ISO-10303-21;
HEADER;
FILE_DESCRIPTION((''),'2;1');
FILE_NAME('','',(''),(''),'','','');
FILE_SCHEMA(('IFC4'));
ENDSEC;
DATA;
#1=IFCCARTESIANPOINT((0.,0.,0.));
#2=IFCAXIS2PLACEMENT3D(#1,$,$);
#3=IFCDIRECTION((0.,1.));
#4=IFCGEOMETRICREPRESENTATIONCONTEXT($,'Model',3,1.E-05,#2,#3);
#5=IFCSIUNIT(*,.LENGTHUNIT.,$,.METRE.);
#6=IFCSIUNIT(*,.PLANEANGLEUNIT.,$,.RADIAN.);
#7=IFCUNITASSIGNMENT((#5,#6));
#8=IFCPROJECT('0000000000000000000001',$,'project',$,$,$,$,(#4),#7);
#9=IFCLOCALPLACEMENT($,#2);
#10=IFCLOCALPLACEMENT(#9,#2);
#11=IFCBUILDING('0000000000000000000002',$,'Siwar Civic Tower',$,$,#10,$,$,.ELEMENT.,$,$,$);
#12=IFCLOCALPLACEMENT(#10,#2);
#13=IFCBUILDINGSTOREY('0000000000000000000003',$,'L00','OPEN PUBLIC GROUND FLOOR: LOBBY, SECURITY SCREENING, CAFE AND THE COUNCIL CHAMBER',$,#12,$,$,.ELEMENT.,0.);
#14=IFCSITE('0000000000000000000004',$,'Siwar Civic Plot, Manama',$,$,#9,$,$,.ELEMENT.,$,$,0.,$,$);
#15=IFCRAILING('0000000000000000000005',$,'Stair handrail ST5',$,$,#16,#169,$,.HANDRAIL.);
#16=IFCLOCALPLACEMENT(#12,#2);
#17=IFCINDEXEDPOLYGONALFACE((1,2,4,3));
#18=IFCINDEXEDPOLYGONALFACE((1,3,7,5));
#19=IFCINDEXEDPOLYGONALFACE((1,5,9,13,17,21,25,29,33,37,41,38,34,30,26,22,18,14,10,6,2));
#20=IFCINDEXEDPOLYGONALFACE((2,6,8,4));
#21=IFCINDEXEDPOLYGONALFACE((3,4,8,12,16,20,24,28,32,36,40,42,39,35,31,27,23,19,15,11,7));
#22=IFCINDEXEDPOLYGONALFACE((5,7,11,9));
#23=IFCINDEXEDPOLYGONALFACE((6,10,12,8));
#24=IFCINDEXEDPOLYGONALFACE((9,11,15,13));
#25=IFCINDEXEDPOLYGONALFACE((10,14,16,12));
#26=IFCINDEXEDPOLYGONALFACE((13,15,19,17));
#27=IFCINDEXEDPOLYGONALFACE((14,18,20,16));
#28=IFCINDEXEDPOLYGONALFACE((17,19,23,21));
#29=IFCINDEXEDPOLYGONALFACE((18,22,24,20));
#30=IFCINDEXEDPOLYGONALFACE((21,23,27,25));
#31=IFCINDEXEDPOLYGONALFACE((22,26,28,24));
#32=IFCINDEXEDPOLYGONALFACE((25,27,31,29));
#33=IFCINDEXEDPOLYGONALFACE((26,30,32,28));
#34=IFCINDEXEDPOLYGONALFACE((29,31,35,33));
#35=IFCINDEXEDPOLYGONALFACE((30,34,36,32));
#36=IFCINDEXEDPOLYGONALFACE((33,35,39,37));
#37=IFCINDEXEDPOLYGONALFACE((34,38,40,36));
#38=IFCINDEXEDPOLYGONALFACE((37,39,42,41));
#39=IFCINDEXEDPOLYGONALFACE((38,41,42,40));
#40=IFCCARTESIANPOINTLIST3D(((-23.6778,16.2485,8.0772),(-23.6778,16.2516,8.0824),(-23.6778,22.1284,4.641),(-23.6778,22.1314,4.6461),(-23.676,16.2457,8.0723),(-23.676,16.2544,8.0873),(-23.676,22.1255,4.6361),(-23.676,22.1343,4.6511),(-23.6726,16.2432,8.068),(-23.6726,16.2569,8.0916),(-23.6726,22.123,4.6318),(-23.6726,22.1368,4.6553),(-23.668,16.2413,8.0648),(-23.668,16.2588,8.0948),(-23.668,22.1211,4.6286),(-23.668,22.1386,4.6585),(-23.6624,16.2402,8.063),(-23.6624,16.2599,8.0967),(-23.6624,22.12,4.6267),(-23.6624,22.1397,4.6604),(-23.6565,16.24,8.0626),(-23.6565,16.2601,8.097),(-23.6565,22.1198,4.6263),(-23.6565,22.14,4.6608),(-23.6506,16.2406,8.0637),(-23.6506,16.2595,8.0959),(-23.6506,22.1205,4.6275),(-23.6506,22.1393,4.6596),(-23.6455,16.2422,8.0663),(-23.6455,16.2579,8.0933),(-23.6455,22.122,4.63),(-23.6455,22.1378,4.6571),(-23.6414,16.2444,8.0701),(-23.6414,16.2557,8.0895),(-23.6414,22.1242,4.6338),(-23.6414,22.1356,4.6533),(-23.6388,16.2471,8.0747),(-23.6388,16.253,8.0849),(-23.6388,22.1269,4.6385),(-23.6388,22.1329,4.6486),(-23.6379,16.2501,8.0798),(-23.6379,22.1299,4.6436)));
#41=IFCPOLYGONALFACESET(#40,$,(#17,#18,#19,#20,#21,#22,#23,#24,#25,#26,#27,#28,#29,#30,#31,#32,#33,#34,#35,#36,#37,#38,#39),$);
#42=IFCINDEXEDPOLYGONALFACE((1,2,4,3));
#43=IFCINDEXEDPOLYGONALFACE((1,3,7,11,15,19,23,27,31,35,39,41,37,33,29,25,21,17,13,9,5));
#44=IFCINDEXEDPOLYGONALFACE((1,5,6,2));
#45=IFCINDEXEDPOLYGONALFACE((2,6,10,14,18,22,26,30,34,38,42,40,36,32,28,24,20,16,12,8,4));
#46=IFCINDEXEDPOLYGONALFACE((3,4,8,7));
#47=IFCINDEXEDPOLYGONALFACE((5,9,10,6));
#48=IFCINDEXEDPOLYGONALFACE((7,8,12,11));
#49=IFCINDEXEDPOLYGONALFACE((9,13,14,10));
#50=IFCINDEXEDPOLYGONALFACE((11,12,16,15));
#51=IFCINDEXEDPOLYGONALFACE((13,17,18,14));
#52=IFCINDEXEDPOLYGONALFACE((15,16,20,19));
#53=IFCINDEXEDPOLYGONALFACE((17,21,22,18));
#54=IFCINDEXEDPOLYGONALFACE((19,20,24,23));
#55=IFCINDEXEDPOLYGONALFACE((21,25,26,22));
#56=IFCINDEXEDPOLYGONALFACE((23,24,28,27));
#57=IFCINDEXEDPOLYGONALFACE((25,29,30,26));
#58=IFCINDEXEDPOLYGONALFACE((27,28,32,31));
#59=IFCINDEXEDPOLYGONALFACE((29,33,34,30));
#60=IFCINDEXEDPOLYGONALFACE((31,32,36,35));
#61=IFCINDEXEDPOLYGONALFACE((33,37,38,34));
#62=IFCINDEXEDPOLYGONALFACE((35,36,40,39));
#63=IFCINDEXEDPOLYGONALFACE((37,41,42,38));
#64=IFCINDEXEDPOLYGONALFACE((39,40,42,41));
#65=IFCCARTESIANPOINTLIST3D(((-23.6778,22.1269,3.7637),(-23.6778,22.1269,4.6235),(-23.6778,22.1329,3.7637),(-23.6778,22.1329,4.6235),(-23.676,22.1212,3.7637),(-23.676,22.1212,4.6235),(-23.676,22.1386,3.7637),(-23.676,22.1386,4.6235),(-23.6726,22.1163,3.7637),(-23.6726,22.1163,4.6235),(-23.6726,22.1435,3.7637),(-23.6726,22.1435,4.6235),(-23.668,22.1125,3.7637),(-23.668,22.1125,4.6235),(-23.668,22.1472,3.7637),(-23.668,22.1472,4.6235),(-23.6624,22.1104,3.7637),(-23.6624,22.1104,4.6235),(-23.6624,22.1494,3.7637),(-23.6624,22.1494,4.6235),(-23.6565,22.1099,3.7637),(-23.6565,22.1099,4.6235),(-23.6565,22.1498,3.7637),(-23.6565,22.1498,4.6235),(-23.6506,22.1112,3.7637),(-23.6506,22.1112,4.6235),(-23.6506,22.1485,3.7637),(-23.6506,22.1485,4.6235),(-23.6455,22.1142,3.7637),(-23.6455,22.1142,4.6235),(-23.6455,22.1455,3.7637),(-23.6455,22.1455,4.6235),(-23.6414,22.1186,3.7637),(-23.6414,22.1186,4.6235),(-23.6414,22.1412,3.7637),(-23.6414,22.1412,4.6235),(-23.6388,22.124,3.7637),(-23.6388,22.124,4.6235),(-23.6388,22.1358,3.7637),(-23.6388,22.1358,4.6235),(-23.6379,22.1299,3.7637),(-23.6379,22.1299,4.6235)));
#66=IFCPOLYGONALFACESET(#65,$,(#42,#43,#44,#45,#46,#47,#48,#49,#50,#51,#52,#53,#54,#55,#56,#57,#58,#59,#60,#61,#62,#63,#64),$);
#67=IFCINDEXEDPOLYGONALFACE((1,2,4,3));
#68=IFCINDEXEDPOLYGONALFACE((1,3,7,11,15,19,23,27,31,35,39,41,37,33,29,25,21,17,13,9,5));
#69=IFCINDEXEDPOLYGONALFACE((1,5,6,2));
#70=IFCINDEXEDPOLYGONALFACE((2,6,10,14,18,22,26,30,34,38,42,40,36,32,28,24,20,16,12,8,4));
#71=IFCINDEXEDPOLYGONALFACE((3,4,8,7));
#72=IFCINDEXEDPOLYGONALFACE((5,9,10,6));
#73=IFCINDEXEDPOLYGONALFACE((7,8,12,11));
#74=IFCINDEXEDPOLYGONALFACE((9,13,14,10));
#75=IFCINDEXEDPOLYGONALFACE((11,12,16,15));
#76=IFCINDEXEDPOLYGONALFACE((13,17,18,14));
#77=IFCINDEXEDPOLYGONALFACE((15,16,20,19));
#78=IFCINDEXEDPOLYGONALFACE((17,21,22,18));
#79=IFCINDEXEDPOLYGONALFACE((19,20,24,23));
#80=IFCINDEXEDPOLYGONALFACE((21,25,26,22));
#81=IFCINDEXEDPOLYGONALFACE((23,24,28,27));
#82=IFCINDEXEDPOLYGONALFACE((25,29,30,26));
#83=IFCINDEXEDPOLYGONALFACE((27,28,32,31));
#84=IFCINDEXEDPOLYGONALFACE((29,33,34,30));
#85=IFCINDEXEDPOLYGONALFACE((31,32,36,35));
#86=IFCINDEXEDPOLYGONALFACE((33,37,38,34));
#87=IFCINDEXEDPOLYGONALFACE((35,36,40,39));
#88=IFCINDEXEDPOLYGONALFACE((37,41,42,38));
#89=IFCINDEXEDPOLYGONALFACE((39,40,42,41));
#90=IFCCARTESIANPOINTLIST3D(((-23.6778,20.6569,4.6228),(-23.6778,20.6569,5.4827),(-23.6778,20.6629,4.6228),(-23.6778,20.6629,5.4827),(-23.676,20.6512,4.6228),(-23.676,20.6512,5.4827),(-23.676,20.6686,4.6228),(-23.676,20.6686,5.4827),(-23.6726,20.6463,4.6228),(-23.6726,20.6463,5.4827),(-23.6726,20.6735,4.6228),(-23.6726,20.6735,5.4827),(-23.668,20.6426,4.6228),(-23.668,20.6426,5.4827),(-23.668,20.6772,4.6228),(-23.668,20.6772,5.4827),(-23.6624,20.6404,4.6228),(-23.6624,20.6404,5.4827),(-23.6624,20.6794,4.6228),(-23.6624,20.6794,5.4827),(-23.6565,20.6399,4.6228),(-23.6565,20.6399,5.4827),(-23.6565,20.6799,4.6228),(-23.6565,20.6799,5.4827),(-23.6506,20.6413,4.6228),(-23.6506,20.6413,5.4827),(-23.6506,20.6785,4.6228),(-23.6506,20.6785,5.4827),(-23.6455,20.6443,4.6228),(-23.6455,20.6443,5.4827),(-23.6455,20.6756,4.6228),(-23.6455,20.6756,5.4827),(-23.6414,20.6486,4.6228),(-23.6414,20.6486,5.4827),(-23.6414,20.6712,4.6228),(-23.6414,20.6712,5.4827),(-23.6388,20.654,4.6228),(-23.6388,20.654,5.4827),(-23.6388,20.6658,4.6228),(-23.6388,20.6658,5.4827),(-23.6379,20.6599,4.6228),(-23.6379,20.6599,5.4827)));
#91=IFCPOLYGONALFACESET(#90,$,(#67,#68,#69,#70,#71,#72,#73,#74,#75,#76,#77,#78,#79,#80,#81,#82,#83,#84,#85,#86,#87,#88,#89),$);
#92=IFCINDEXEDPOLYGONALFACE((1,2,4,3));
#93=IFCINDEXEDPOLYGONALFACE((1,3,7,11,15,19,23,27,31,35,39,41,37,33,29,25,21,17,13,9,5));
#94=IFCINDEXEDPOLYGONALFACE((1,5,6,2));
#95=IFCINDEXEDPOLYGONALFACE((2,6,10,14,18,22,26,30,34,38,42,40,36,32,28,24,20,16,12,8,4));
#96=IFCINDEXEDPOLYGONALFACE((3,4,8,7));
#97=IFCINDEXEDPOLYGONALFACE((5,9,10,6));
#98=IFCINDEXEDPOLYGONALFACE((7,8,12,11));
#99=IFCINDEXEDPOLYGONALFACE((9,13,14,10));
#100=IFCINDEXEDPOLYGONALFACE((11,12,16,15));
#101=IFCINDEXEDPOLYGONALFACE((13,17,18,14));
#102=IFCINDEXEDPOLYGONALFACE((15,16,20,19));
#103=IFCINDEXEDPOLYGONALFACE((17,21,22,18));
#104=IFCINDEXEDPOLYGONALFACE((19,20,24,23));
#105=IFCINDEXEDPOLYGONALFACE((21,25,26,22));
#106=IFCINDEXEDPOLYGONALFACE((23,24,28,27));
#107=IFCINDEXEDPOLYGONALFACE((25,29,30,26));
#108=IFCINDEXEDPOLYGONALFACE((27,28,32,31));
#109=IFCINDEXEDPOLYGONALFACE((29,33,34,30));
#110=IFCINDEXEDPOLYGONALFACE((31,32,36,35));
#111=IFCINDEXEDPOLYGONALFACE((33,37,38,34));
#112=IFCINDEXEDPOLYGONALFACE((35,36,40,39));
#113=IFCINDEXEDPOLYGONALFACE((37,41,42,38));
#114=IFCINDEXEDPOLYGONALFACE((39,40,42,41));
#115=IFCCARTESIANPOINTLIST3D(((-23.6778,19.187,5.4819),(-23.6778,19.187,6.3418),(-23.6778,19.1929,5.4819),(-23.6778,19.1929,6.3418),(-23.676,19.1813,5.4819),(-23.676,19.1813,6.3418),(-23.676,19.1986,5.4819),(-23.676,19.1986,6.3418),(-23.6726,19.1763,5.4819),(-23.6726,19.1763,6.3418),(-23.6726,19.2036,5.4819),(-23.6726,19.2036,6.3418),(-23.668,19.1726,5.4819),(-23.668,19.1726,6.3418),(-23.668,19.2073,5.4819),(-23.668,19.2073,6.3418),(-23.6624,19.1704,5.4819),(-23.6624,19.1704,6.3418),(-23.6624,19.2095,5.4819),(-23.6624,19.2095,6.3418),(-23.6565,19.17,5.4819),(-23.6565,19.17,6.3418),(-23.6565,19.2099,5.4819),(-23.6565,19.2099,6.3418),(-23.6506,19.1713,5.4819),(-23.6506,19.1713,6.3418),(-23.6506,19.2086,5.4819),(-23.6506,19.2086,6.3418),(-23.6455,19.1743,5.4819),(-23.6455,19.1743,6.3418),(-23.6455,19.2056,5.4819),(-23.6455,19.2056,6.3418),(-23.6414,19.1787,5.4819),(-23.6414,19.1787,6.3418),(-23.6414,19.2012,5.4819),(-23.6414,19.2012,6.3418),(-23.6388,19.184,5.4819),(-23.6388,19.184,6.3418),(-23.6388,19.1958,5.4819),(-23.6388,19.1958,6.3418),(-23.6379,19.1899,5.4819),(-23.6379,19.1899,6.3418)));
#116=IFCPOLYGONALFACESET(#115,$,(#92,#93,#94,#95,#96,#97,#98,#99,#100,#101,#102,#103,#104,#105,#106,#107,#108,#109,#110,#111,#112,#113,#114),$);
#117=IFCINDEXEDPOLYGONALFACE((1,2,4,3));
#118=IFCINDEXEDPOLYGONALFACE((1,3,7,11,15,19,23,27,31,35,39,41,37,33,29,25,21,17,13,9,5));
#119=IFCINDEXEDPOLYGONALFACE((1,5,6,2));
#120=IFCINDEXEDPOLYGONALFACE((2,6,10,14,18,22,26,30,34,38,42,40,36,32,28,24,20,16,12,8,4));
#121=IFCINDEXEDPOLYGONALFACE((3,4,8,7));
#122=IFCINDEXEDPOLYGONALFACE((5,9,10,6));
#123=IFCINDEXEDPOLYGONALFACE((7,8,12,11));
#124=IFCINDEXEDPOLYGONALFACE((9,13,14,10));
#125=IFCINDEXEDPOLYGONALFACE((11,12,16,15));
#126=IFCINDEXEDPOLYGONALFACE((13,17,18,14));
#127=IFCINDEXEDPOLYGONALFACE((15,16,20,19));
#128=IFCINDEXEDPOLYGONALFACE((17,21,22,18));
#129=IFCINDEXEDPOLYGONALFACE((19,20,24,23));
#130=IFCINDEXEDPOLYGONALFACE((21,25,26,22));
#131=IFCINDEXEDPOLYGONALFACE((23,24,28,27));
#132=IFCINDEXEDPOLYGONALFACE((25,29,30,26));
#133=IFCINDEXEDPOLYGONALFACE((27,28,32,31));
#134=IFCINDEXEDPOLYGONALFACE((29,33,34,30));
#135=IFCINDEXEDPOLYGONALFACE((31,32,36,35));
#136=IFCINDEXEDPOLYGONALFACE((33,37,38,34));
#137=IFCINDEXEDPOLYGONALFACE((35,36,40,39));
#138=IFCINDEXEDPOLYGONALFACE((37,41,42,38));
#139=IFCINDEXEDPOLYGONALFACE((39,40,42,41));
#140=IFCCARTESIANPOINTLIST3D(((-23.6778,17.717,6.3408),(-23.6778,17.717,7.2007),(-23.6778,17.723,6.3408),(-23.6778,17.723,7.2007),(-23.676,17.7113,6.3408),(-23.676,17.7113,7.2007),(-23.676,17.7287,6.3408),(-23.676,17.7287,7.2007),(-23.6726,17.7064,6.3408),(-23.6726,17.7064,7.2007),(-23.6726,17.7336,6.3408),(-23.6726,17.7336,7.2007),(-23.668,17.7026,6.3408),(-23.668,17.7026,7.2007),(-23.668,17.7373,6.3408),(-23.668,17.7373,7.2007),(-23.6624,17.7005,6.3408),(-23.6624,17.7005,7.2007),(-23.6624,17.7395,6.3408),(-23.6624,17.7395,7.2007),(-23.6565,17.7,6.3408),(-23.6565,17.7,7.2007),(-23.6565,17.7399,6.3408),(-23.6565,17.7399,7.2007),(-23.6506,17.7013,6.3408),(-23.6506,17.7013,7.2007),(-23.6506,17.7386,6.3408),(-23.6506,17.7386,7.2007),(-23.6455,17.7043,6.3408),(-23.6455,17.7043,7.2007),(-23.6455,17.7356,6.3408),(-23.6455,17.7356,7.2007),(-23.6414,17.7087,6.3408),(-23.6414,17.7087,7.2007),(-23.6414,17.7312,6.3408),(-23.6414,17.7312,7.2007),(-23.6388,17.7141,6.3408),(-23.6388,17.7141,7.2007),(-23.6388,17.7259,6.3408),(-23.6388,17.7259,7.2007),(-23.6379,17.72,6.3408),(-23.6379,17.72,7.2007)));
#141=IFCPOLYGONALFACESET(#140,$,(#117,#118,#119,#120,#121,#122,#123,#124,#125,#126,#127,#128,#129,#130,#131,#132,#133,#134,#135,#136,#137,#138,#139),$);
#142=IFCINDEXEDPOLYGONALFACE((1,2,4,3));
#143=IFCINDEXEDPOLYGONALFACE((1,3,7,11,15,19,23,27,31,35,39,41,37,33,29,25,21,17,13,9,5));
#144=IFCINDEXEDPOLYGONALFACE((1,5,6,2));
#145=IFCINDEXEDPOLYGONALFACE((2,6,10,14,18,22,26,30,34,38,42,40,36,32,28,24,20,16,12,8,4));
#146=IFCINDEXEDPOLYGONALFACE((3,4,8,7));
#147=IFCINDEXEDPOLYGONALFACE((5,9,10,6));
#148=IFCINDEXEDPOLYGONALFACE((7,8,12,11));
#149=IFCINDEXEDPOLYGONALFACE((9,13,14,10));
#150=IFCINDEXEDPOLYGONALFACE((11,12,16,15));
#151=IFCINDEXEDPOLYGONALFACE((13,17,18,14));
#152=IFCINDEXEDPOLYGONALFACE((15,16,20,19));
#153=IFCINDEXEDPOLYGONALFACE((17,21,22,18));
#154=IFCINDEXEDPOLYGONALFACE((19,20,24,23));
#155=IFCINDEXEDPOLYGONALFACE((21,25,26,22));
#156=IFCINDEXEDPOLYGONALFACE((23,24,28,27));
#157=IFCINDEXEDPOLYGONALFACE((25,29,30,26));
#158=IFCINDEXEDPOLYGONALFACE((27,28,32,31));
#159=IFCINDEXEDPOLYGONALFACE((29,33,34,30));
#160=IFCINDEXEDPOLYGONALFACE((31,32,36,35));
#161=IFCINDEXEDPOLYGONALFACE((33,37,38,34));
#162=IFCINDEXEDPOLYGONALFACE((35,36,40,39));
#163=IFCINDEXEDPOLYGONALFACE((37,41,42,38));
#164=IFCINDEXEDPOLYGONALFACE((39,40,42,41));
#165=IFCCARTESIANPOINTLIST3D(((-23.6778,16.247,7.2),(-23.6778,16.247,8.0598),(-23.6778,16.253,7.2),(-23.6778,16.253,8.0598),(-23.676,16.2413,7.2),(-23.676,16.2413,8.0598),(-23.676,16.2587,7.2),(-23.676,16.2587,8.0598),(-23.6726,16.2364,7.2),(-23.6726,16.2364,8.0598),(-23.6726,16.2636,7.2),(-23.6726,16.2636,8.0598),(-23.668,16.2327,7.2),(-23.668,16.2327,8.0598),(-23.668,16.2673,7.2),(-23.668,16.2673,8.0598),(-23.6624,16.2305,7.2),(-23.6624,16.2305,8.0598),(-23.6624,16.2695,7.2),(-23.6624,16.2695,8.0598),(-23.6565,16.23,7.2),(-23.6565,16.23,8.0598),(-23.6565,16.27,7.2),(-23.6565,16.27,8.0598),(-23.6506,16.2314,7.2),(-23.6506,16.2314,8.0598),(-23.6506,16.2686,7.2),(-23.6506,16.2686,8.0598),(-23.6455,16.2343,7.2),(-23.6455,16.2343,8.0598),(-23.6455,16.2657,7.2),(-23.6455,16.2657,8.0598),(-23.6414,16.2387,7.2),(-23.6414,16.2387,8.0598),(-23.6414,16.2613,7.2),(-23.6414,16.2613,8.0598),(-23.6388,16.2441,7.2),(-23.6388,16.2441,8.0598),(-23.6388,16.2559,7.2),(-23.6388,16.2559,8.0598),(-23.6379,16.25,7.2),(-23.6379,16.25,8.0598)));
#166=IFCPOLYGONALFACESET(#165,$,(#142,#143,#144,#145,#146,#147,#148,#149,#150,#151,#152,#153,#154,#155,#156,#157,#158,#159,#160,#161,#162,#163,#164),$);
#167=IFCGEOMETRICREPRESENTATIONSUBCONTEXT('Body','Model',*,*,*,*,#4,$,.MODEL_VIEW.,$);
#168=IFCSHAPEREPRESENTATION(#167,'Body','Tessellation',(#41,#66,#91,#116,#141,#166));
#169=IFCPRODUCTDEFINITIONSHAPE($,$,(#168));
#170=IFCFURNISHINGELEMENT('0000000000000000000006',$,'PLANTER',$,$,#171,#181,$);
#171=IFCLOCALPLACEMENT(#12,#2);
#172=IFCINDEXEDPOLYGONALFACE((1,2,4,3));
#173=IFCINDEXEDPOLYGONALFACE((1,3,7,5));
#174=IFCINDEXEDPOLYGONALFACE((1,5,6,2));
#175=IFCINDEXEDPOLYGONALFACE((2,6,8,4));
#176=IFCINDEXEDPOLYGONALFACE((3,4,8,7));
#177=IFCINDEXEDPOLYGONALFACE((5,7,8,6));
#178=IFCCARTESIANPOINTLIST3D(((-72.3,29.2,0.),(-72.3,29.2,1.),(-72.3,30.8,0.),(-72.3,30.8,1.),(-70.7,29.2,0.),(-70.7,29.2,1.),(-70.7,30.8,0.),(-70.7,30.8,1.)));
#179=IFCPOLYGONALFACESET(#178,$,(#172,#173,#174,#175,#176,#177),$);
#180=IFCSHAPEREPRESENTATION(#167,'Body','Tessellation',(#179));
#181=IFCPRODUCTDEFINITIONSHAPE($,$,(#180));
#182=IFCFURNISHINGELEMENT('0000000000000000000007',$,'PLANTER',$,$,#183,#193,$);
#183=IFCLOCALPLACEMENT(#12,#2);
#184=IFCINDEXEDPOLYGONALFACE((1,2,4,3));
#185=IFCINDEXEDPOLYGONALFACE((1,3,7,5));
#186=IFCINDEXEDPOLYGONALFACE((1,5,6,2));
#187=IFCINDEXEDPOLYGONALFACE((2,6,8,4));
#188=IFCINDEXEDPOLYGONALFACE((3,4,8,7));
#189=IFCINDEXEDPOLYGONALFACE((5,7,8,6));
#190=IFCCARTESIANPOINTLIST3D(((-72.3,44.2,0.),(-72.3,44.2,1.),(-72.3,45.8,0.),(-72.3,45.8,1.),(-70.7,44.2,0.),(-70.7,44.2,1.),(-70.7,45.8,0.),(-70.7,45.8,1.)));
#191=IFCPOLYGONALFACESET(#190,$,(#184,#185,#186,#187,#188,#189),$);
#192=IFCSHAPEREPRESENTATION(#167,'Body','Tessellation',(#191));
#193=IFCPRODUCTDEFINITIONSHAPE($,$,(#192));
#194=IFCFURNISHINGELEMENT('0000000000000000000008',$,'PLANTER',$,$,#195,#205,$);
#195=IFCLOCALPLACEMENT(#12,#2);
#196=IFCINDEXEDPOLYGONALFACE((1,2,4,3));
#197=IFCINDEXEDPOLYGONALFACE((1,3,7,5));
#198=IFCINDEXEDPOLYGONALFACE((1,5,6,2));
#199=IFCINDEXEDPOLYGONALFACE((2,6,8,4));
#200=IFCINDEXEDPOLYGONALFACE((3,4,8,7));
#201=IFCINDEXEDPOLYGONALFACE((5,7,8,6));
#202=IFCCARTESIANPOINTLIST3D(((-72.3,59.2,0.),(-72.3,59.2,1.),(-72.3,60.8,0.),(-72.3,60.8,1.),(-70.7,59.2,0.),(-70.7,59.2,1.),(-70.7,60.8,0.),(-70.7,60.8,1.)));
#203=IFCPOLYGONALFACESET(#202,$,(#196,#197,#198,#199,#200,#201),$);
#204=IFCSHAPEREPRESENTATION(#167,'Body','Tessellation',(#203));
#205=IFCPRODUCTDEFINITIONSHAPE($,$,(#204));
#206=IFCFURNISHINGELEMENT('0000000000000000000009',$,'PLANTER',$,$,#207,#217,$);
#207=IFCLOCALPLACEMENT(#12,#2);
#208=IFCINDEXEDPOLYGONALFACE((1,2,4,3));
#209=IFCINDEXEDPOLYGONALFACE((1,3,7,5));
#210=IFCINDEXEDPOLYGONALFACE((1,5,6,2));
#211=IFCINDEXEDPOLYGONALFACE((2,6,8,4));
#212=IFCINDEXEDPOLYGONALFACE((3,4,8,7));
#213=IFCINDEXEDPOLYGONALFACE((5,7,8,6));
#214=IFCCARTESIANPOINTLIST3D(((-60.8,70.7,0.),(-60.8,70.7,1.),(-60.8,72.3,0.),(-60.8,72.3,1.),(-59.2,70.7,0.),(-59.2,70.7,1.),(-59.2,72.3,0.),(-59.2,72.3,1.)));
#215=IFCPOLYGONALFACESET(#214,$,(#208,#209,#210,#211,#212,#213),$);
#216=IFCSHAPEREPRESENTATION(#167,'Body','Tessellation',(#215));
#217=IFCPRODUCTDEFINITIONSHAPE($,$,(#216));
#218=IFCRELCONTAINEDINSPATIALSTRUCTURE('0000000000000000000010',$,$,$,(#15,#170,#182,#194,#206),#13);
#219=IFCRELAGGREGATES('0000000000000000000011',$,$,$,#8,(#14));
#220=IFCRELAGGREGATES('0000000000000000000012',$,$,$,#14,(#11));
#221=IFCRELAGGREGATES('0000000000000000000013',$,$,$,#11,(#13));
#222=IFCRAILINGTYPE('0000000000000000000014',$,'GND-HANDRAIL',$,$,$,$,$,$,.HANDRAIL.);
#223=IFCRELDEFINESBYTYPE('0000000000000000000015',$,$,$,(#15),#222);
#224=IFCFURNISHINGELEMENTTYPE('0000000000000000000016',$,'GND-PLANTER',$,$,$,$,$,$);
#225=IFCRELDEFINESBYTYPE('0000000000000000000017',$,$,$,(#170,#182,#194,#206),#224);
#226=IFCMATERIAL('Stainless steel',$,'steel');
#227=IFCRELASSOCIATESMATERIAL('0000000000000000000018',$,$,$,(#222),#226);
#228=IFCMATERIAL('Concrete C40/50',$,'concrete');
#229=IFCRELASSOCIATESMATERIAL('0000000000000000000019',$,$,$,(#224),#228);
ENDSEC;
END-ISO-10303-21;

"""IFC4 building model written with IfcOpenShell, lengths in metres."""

from ifc_helpers import new_model, si_unit, direction, frame, origin, origin_2d, place, context, subcontext, project, spatial, rectangle, circle, extrude, material, type_object, element, save


model = new_model("IFC4")

# Units and contexts
model_context = context("Model", 3, precision=1e-05, world=origin(), true_north=direction((0.0, 1.0)))
body_context = subcontext(model_context, "Body", "Model", "MODEL_VIEW")
ifc_project = project(units=[si_unit("LENGTHUNIT", "METRE"), si_unit("PLANEANGLEUNIT", "RADIAN")], contexts=[model_context])

# Site, building, storey
site_placement = place(None, origin())
site = spatial("IfcSite", under=ifc_project, at=site_placement, Name="Siwar Civic Plot, Manama", CompositionType="ELEMENT", RefElevation=0.0)
building_placement = place(site_placement, origin())
building = spatial("IfcBuilding", under=site, at=building_placement, Name="Siwar Civic Tower", CompositionType="ELEMENT")
storey_placement = place(building_placement, origin())
storey = spatial("IfcBuildingStorey", under=building, at=storey_placement, Name="L00", Description="OPEN PUBLIC GROUND FLOOR: LOBBY, SECURITY SCREENING, CAFE AND THE COUNCIL CHAMBER", CompositionType="ELEMENT", Elevation=0.0)

# Railing
ifc_material_1 = material(Name="Stainless steel", Category="steel")
railing_type = type_object("IfcRailingType", Name="GND-HANDRAIL", PredefinedType="HANDRAIL", material=ifc_material_1)
railing_placement = place(storey_placement, frame((-23.658, 22.1299, 3.7637)))
element("IfcRailing", 1, at=railing_placement, inside=storey, type_object=railing_type, Name="Stair handrail ST5", PredefinedType="HANDRAIL", context=body_context, shape_type="SweptSolid", body=[
    extrude(circle(Radius=0.02, at=origin_2d()), frame((0.0, 0.0, 0.8799), z_axis=(0.0, -0.863373, 0.504566), x_axis=(1.0, 0.0, 0.0)), (0.0, 0.0, 1.0), 6.8103),
    extrude(circle(Radius=0.02, at=origin_2d()), origin(), (0.0, 0.0, 1.0), 0.8599),
    extrude(circle(Radius=0.02, at=origin_2d()), frame((0.0, -1.47, 0.8591)), (0.0, 0.0, 1.0), 0.8599),
    extrude(circle(Radius=0.02, at=origin_2d()), frame((0.0, -2.9399, 1.7183)), (0.0, 0.0, 1.0), 0.8599),
    extrude(circle(Radius=0.02, at=origin_2d()), frame((0.0, -4.4099, 2.5771)), (0.0, 0.0, 1.0), 0.8599),
    extrude(circle(Radius=0.02, at=origin_2d()), frame((0.0, -5.8799, 3.4363)), (0.0, 0.0, 1.0), 0.8599),
])

# Furnishing elements
ifc_material_2 = material(Name="Concrete C40/50", Category="concrete")
furnishing_element_type_1 = type_object("IfcFurnishingElementType", Name="GND-PLANTER", material=ifc_material_2)
for number, where, z_axis, x_axis, name in (
    (2, (-71.5, 30.0, 0.0), (0.0, 0.0, 1.0), (1.0, 0.0, 0.0), "PLANTER"),
    (3, (-71.5, 45.0, 0.0), (0.0, 0.0, 1.0), (1.0, 0.0, 0.0), "PLANTER"),
    (4, (-71.5, 60.0, 0.0), (0.0, 0.0, 1.0), (1.0, 0.0, 0.0), "PLANTER"),
    (5, (-60.0, 71.5, 0.0), (0.0, 0.0, 1.0), (1.0, 0.0, 0.0), "PLANTER"),
):
    element("IfcFurnishingElement", number, at=place(storey_placement, frame(where, z_axis=z_axis, x_axis=x_axis)), inside=storey, type_object=furnishing_element_type_1, Name=name, context=body_context, shape_type="SweptSolid", body=[
        extrude(rectangle(XDim=1.6001, YDim=1.6001, at=origin_2d()), origin(), (0.0, 0.0, 1.0), 1.0),
    ])

save(model, "model.ifc")
